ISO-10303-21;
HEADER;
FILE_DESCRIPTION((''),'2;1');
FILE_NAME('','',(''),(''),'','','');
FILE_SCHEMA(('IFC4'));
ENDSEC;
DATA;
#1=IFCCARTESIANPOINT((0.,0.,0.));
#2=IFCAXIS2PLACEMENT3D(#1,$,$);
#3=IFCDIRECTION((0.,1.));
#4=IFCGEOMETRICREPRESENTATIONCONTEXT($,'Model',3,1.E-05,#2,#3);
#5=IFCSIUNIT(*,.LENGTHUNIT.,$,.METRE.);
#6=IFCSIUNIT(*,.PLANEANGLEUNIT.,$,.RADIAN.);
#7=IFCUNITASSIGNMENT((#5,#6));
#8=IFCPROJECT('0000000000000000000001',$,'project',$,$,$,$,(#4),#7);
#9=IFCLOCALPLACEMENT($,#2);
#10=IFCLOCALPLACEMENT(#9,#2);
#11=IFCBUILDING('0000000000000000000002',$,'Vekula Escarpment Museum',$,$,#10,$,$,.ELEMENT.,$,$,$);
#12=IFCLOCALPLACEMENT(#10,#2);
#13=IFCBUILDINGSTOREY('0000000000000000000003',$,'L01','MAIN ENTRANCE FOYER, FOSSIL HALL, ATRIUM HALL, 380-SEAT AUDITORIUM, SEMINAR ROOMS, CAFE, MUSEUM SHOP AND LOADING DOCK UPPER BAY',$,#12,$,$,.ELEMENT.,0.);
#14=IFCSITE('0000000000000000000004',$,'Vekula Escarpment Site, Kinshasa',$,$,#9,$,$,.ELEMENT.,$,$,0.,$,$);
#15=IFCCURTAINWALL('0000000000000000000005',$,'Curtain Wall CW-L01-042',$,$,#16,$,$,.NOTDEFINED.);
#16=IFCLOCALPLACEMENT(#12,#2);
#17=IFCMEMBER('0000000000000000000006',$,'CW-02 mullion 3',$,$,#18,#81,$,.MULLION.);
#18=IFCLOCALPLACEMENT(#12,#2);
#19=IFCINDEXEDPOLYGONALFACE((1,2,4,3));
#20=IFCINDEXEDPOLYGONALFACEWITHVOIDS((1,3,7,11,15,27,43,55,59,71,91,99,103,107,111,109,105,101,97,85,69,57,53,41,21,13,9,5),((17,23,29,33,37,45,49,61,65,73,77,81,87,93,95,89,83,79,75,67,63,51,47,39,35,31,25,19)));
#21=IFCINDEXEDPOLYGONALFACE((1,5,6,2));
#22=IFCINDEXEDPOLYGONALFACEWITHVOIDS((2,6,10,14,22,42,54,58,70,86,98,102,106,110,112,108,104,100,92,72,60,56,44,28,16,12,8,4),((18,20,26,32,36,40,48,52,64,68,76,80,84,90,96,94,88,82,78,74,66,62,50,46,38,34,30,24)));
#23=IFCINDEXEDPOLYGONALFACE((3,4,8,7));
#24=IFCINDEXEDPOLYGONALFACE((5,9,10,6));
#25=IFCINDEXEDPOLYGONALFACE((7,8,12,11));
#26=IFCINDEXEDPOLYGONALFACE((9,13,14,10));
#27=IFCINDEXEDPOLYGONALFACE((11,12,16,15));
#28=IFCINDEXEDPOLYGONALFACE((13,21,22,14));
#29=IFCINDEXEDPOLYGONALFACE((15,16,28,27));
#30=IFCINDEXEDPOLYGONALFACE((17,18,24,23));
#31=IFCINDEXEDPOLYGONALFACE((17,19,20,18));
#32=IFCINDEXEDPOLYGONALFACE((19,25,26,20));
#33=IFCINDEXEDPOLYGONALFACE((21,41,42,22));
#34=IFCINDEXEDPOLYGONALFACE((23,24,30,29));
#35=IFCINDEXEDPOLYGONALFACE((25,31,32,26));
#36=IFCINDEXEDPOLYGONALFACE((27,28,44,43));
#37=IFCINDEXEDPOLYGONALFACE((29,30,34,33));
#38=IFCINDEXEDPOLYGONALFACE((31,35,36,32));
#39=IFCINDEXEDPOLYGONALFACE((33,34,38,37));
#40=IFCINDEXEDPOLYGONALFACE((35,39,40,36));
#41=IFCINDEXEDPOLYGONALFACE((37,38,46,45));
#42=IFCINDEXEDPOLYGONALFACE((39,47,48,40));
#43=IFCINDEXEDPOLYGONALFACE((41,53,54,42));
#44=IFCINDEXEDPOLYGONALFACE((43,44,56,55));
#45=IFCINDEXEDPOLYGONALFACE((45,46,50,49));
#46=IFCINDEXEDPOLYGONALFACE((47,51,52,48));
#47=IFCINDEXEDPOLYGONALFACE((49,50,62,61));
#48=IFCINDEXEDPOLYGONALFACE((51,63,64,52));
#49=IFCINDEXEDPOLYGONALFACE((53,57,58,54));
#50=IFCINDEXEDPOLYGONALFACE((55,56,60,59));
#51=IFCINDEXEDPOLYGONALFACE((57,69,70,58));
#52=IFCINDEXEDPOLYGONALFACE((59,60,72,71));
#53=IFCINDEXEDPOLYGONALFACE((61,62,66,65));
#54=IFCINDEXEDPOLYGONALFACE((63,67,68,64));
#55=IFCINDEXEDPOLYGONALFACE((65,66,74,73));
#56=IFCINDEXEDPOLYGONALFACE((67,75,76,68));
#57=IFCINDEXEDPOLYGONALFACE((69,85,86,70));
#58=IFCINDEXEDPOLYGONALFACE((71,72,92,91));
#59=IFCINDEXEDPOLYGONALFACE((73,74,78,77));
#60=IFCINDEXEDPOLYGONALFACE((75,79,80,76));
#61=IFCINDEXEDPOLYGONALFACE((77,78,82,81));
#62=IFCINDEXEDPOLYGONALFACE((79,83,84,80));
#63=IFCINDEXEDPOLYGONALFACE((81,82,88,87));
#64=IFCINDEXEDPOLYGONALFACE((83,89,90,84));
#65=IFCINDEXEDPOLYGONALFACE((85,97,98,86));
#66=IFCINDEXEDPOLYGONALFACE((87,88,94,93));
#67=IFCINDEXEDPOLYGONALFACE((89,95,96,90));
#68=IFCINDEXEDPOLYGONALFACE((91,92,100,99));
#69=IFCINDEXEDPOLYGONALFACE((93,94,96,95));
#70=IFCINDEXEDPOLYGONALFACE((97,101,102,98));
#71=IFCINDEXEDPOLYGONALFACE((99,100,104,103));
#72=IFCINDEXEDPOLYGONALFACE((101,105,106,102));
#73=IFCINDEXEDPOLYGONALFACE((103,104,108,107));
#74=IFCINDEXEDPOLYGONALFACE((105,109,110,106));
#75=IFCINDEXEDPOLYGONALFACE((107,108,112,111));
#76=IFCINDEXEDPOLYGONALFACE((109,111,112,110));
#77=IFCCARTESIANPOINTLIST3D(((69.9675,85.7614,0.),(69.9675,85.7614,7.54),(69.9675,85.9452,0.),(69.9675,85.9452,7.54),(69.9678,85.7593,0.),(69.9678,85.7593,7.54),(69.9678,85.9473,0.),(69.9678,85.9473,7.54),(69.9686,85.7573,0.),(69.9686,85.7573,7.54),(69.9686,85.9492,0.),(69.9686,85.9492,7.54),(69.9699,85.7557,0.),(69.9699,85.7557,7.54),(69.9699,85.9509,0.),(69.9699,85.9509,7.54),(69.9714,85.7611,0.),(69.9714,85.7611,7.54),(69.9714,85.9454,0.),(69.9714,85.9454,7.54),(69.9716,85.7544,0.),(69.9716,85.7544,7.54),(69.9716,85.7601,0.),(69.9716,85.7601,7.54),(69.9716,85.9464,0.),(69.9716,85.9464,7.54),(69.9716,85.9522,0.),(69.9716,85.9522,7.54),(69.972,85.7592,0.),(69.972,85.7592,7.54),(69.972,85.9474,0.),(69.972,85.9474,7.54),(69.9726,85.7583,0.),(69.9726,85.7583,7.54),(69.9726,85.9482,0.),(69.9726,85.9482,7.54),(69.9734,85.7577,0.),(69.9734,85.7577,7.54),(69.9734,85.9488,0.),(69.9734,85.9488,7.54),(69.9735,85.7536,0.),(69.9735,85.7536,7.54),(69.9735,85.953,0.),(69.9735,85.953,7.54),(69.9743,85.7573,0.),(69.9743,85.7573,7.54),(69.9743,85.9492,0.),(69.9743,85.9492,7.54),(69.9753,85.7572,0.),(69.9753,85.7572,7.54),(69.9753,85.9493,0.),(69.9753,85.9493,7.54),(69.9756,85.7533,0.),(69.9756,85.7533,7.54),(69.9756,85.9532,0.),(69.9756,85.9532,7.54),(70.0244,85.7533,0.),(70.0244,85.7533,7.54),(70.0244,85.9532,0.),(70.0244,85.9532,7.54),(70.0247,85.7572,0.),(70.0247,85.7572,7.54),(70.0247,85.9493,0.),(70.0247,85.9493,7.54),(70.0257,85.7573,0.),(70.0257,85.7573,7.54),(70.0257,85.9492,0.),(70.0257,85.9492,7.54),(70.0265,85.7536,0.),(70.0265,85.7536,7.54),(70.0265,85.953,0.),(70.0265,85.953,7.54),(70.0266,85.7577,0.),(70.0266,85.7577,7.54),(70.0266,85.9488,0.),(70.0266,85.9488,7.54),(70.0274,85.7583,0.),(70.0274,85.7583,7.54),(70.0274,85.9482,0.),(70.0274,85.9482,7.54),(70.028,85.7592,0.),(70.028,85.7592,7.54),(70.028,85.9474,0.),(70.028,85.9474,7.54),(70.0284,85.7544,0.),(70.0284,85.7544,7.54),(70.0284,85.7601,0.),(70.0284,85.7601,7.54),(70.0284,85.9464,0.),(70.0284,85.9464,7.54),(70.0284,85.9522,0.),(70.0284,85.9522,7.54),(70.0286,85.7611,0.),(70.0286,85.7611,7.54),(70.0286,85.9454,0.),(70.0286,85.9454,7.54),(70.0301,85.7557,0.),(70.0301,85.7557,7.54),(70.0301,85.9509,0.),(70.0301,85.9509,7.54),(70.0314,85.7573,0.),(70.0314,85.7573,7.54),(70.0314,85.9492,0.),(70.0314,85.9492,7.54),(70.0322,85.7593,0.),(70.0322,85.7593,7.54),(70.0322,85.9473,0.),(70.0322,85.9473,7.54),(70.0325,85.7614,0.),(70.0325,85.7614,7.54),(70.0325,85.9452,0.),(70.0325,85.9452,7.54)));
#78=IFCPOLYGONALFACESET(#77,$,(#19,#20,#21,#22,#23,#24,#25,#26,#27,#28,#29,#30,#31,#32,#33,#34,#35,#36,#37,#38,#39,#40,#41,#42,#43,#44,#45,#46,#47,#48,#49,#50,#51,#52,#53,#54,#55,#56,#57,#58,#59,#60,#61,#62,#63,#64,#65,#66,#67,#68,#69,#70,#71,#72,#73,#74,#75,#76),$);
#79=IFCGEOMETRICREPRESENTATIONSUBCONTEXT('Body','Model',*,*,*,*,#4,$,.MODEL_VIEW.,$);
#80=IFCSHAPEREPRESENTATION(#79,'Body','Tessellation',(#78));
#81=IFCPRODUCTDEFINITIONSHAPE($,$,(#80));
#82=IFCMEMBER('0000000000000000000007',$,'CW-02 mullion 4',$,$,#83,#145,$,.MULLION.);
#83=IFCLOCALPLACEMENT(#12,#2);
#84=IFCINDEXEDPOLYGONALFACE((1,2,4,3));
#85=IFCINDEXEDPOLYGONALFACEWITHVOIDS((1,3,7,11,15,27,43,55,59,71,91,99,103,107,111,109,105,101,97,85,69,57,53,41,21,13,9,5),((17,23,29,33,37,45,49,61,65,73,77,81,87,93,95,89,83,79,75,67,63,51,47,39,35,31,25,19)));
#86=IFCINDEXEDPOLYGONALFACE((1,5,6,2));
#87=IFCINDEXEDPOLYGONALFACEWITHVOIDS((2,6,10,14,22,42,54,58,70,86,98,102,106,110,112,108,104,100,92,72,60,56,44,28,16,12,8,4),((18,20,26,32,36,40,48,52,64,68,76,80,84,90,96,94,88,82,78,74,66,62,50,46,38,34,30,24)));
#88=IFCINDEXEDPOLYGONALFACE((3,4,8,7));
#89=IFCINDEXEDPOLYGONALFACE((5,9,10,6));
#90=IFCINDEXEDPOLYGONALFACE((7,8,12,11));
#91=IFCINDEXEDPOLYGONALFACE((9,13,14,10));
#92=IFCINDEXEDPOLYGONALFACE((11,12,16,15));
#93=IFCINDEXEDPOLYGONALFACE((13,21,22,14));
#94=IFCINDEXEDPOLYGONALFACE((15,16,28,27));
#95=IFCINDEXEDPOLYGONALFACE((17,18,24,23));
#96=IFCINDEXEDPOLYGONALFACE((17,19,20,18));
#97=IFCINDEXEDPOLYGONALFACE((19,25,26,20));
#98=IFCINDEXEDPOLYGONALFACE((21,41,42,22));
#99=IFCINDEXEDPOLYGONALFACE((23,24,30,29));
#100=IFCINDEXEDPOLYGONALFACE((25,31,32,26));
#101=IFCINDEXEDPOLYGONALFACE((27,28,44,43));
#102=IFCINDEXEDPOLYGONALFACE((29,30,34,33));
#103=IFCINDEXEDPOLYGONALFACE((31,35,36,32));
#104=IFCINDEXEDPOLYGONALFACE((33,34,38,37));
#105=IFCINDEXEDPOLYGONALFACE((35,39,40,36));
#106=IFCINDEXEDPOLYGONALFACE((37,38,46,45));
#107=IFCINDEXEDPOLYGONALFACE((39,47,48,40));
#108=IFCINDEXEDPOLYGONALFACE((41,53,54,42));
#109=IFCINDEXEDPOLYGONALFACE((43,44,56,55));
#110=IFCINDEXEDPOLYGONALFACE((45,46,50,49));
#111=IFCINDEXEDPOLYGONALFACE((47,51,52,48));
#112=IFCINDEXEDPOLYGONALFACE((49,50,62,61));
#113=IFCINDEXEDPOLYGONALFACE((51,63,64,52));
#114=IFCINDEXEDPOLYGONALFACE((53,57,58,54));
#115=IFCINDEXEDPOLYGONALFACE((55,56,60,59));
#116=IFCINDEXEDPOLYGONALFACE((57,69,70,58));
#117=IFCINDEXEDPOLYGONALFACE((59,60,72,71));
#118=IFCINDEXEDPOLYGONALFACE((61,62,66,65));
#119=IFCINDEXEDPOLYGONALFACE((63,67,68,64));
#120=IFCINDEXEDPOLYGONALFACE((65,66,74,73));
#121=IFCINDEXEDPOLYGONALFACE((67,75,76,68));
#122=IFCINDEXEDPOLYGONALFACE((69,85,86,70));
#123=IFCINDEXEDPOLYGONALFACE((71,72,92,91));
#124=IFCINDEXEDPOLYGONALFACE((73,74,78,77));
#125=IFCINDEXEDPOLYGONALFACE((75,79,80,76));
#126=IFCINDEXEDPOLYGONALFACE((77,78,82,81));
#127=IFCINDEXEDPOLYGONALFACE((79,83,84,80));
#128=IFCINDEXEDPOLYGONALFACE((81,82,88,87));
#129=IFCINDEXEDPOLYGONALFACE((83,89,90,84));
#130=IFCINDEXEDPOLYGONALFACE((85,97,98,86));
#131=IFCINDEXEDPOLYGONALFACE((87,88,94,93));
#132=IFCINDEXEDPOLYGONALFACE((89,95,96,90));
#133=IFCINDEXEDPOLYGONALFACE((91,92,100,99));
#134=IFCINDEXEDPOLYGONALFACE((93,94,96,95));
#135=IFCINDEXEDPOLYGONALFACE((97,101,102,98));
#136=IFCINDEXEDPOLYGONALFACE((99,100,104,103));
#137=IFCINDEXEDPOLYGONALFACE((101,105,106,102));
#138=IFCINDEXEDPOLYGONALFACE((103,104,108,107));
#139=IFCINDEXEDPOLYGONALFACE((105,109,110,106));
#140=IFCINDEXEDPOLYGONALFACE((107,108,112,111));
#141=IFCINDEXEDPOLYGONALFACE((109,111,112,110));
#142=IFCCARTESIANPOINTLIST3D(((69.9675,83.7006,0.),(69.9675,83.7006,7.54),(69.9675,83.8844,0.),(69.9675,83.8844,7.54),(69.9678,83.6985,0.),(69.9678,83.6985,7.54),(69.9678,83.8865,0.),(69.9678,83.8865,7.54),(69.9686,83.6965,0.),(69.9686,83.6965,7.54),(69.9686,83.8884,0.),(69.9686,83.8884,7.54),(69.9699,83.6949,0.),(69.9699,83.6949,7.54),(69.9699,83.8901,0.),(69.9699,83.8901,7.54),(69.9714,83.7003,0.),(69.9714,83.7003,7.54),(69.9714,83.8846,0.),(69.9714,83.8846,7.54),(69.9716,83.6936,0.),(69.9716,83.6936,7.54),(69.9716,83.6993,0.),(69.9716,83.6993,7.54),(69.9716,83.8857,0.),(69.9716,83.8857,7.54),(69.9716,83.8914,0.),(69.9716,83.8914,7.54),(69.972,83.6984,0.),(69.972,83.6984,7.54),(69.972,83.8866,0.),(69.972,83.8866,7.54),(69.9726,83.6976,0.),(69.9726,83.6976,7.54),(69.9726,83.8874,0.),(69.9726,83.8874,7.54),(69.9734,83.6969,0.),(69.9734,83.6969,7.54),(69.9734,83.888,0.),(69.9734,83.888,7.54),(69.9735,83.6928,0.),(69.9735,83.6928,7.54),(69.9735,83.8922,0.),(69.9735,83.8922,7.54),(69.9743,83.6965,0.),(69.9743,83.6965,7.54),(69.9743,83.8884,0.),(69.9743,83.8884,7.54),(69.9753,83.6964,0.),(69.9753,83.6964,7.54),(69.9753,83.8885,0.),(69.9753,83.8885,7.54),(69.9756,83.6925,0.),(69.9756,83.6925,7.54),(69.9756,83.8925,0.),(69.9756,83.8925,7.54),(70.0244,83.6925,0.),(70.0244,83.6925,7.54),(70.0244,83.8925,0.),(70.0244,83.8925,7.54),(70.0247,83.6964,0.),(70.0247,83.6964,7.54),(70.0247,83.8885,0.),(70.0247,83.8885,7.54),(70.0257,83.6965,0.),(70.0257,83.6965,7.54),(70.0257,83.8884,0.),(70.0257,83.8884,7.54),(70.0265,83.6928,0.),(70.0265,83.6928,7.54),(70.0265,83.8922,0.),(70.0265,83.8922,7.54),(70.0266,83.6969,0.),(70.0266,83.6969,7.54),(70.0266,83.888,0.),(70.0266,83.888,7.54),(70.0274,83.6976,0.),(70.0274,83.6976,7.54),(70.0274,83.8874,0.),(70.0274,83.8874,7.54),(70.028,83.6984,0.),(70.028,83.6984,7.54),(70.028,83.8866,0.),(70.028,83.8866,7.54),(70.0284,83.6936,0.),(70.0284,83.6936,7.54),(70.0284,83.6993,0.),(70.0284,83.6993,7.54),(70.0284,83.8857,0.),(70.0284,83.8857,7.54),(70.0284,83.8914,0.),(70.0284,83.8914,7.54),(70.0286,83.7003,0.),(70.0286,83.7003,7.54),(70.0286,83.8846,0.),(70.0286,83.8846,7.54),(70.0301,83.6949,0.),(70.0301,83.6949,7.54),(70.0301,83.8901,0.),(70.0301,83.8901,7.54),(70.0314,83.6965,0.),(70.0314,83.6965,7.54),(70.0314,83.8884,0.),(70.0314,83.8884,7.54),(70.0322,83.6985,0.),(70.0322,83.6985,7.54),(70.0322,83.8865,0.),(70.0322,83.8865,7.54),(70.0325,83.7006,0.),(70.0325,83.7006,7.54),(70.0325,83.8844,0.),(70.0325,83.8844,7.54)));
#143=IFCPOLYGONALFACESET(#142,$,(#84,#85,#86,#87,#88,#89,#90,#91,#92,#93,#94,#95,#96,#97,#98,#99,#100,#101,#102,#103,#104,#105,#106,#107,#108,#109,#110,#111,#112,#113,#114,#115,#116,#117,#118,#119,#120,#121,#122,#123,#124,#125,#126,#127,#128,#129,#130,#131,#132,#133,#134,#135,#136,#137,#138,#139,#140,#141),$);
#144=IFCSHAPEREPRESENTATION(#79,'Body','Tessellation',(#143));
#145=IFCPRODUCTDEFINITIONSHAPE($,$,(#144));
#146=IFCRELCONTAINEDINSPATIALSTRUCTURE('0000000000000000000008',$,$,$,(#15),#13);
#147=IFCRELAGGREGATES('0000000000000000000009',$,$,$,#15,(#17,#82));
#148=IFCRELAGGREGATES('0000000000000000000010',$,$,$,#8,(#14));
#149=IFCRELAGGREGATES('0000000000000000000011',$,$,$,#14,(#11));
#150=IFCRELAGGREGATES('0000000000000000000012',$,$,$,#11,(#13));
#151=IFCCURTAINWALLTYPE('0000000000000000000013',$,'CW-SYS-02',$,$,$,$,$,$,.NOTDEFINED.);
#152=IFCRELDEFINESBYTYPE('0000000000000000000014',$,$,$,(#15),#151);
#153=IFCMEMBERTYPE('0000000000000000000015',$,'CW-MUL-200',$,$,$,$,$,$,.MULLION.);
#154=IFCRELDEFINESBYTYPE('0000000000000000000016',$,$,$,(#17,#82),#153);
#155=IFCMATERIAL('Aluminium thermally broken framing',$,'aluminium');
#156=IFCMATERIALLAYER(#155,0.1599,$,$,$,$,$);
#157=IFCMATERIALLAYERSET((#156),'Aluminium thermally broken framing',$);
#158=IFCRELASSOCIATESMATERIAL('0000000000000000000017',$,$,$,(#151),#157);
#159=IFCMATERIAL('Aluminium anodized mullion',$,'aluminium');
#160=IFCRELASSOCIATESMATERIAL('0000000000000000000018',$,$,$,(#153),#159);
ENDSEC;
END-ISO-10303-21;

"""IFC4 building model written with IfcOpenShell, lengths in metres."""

from ifc_helpers import new_model, si_unit, direction, frame, origin, origin_2d, place, context, subcontext, project, spatial, hollow_rectangle, extrude, material, layer, layer_set, material_profile, profile_set, type_object, element, aggregate, save


model = new_model("IFC4")

# Units and contexts
model_context = context("Model", 3, precision=1e-05, world=origin(), true_north=direction((0.0, 1.0)))
body_context = subcontext(model_context, "Body", "Model", "MODEL_VIEW")
ifc_project = project(units=[si_unit("LENGTHUNIT", "METRE"), si_unit("PLANEANGLEUNIT", "RADIAN")], contexts=[model_context])

# Site, building, storey
site_placement = place(None, origin())
site = spatial("IfcSite", under=ifc_project, at=site_placement, Name="Vekula Escarpment Site, Kinshasa", CompositionType="ELEMENT", RefElevation=0.0)
building_placement = place(site_placement, origin())
building = spatial("IfcBuilding", under=site, at=building_placement, Name="Vekula Escarpment Museum", CompositionType="ELEMENT")
storey_placement = place(building_placement, origin())
storey = spatial("IfcBuildingStorey", under=building, at=storey_placement, Name="L01", Description="MAIN ENTRANCE FOYER, FOSSIL HALL, ATRIUM HALL, 380-SEAT AUDITORIUM, SEMINAR ROOMS, CAFE, MUSEUM SHOP AND LOADING DOCK UPPER BAY", CompositionType="ELEMENT", Elevation=0.0)

# Curtain wall, members
ifc_material_1 = material(Name="Aluminium thermally broken framing", Category="aluminium")
ifc_layer_1 = layer(ifc_material_1, 0.1599)
ifc_layer_set_1 = layer_set([ifc_layer_1], Name="Aluminium thermally broken framing")
curtain_wall_type = type_object("IfcCurtainWallType", Name="CW-SYS-02", PredefinedType="NOTDEFINED", material=ifc_layer_set_1)
curtain_wall_placement = place(storey_placement, origin())
curtain_wall = element("IfcCurtainWall", 1, at=curtain_wall_placement, inside=storey, type_object=curtain_wall_type, Name="Curtain Wall CW-L01-042", PredefinedType="NOTDEFINED")
ifc_material_2 = material(Name="Aluminium anodized mullion", Category="aluminium")
ifc_material_profile_1 = material_profile(ifc_material_2, hollow_rectangle(XDim=0.0649, YDim=0.2, WallThickness=0.0039, InnerFilletRadius=0.0039, OuterFilletRadius=0.0081, at=origin_2d()), Name="ALU 200x65x4")
ifc_profile_set_1 = profile_set([ifc_material_profile_1], Name="Aluminium anodized mullion")
member_type_1 = type_object("IfcMemberType", Name="CW-MUL-200", PredefinedType="MULLION", material=ifc_profile_set_1)
member_1_placement = place(storey_placement, frame((70.0, 85.8533, 0.0), z_axis=(0.0, 0.0, 1.0), x_axis=(1.0, 0.0, 0.0)))
member_1 = element("IfcMember", 2, at=member_1_placement, type_object=member_type_1, Name="CW-02 mullion 3", PredefinedType="MULLION", context=body_context, shape_type="SweptSolid", body=[
    extrude(hollow_rectangle(XDim=0.0649, YDim=0.2, WallThickness=0.0039, InnerFilletRadius=0.0039, OuterFilletRadius=0.0081, at=origin_2d()), origin(), (0.0, 0.0, 1.0), 7.54),
])
member_2_placement = place(storey_placement, frame((70.0, 83.7925, 0.0), z_axis=(0.0, 0.0, 1.0), x_axis=(1.0, 0.0, 0.0)))
member_2 = element("IfcMember", 3, at=member_2_placement, type_object=member_type_1, Name="CW-02 mullion 4", PredefinedType="MULLION", context=body_context, shape_type="SweptSolid", body=[
    extrude(hollow_rectangle(XDim=0.0649, YDim=0.2, WallThickness=0.0039, InnerFilletRadius=0.0039, OuterFilletRadius=0.0081, at=origin_2d()), origin(), (0.0, 0.0, 1.0), 7.54),
])

aggregate(curtain_wall, [member_1, member_2])

save(model, "model.ifc")
